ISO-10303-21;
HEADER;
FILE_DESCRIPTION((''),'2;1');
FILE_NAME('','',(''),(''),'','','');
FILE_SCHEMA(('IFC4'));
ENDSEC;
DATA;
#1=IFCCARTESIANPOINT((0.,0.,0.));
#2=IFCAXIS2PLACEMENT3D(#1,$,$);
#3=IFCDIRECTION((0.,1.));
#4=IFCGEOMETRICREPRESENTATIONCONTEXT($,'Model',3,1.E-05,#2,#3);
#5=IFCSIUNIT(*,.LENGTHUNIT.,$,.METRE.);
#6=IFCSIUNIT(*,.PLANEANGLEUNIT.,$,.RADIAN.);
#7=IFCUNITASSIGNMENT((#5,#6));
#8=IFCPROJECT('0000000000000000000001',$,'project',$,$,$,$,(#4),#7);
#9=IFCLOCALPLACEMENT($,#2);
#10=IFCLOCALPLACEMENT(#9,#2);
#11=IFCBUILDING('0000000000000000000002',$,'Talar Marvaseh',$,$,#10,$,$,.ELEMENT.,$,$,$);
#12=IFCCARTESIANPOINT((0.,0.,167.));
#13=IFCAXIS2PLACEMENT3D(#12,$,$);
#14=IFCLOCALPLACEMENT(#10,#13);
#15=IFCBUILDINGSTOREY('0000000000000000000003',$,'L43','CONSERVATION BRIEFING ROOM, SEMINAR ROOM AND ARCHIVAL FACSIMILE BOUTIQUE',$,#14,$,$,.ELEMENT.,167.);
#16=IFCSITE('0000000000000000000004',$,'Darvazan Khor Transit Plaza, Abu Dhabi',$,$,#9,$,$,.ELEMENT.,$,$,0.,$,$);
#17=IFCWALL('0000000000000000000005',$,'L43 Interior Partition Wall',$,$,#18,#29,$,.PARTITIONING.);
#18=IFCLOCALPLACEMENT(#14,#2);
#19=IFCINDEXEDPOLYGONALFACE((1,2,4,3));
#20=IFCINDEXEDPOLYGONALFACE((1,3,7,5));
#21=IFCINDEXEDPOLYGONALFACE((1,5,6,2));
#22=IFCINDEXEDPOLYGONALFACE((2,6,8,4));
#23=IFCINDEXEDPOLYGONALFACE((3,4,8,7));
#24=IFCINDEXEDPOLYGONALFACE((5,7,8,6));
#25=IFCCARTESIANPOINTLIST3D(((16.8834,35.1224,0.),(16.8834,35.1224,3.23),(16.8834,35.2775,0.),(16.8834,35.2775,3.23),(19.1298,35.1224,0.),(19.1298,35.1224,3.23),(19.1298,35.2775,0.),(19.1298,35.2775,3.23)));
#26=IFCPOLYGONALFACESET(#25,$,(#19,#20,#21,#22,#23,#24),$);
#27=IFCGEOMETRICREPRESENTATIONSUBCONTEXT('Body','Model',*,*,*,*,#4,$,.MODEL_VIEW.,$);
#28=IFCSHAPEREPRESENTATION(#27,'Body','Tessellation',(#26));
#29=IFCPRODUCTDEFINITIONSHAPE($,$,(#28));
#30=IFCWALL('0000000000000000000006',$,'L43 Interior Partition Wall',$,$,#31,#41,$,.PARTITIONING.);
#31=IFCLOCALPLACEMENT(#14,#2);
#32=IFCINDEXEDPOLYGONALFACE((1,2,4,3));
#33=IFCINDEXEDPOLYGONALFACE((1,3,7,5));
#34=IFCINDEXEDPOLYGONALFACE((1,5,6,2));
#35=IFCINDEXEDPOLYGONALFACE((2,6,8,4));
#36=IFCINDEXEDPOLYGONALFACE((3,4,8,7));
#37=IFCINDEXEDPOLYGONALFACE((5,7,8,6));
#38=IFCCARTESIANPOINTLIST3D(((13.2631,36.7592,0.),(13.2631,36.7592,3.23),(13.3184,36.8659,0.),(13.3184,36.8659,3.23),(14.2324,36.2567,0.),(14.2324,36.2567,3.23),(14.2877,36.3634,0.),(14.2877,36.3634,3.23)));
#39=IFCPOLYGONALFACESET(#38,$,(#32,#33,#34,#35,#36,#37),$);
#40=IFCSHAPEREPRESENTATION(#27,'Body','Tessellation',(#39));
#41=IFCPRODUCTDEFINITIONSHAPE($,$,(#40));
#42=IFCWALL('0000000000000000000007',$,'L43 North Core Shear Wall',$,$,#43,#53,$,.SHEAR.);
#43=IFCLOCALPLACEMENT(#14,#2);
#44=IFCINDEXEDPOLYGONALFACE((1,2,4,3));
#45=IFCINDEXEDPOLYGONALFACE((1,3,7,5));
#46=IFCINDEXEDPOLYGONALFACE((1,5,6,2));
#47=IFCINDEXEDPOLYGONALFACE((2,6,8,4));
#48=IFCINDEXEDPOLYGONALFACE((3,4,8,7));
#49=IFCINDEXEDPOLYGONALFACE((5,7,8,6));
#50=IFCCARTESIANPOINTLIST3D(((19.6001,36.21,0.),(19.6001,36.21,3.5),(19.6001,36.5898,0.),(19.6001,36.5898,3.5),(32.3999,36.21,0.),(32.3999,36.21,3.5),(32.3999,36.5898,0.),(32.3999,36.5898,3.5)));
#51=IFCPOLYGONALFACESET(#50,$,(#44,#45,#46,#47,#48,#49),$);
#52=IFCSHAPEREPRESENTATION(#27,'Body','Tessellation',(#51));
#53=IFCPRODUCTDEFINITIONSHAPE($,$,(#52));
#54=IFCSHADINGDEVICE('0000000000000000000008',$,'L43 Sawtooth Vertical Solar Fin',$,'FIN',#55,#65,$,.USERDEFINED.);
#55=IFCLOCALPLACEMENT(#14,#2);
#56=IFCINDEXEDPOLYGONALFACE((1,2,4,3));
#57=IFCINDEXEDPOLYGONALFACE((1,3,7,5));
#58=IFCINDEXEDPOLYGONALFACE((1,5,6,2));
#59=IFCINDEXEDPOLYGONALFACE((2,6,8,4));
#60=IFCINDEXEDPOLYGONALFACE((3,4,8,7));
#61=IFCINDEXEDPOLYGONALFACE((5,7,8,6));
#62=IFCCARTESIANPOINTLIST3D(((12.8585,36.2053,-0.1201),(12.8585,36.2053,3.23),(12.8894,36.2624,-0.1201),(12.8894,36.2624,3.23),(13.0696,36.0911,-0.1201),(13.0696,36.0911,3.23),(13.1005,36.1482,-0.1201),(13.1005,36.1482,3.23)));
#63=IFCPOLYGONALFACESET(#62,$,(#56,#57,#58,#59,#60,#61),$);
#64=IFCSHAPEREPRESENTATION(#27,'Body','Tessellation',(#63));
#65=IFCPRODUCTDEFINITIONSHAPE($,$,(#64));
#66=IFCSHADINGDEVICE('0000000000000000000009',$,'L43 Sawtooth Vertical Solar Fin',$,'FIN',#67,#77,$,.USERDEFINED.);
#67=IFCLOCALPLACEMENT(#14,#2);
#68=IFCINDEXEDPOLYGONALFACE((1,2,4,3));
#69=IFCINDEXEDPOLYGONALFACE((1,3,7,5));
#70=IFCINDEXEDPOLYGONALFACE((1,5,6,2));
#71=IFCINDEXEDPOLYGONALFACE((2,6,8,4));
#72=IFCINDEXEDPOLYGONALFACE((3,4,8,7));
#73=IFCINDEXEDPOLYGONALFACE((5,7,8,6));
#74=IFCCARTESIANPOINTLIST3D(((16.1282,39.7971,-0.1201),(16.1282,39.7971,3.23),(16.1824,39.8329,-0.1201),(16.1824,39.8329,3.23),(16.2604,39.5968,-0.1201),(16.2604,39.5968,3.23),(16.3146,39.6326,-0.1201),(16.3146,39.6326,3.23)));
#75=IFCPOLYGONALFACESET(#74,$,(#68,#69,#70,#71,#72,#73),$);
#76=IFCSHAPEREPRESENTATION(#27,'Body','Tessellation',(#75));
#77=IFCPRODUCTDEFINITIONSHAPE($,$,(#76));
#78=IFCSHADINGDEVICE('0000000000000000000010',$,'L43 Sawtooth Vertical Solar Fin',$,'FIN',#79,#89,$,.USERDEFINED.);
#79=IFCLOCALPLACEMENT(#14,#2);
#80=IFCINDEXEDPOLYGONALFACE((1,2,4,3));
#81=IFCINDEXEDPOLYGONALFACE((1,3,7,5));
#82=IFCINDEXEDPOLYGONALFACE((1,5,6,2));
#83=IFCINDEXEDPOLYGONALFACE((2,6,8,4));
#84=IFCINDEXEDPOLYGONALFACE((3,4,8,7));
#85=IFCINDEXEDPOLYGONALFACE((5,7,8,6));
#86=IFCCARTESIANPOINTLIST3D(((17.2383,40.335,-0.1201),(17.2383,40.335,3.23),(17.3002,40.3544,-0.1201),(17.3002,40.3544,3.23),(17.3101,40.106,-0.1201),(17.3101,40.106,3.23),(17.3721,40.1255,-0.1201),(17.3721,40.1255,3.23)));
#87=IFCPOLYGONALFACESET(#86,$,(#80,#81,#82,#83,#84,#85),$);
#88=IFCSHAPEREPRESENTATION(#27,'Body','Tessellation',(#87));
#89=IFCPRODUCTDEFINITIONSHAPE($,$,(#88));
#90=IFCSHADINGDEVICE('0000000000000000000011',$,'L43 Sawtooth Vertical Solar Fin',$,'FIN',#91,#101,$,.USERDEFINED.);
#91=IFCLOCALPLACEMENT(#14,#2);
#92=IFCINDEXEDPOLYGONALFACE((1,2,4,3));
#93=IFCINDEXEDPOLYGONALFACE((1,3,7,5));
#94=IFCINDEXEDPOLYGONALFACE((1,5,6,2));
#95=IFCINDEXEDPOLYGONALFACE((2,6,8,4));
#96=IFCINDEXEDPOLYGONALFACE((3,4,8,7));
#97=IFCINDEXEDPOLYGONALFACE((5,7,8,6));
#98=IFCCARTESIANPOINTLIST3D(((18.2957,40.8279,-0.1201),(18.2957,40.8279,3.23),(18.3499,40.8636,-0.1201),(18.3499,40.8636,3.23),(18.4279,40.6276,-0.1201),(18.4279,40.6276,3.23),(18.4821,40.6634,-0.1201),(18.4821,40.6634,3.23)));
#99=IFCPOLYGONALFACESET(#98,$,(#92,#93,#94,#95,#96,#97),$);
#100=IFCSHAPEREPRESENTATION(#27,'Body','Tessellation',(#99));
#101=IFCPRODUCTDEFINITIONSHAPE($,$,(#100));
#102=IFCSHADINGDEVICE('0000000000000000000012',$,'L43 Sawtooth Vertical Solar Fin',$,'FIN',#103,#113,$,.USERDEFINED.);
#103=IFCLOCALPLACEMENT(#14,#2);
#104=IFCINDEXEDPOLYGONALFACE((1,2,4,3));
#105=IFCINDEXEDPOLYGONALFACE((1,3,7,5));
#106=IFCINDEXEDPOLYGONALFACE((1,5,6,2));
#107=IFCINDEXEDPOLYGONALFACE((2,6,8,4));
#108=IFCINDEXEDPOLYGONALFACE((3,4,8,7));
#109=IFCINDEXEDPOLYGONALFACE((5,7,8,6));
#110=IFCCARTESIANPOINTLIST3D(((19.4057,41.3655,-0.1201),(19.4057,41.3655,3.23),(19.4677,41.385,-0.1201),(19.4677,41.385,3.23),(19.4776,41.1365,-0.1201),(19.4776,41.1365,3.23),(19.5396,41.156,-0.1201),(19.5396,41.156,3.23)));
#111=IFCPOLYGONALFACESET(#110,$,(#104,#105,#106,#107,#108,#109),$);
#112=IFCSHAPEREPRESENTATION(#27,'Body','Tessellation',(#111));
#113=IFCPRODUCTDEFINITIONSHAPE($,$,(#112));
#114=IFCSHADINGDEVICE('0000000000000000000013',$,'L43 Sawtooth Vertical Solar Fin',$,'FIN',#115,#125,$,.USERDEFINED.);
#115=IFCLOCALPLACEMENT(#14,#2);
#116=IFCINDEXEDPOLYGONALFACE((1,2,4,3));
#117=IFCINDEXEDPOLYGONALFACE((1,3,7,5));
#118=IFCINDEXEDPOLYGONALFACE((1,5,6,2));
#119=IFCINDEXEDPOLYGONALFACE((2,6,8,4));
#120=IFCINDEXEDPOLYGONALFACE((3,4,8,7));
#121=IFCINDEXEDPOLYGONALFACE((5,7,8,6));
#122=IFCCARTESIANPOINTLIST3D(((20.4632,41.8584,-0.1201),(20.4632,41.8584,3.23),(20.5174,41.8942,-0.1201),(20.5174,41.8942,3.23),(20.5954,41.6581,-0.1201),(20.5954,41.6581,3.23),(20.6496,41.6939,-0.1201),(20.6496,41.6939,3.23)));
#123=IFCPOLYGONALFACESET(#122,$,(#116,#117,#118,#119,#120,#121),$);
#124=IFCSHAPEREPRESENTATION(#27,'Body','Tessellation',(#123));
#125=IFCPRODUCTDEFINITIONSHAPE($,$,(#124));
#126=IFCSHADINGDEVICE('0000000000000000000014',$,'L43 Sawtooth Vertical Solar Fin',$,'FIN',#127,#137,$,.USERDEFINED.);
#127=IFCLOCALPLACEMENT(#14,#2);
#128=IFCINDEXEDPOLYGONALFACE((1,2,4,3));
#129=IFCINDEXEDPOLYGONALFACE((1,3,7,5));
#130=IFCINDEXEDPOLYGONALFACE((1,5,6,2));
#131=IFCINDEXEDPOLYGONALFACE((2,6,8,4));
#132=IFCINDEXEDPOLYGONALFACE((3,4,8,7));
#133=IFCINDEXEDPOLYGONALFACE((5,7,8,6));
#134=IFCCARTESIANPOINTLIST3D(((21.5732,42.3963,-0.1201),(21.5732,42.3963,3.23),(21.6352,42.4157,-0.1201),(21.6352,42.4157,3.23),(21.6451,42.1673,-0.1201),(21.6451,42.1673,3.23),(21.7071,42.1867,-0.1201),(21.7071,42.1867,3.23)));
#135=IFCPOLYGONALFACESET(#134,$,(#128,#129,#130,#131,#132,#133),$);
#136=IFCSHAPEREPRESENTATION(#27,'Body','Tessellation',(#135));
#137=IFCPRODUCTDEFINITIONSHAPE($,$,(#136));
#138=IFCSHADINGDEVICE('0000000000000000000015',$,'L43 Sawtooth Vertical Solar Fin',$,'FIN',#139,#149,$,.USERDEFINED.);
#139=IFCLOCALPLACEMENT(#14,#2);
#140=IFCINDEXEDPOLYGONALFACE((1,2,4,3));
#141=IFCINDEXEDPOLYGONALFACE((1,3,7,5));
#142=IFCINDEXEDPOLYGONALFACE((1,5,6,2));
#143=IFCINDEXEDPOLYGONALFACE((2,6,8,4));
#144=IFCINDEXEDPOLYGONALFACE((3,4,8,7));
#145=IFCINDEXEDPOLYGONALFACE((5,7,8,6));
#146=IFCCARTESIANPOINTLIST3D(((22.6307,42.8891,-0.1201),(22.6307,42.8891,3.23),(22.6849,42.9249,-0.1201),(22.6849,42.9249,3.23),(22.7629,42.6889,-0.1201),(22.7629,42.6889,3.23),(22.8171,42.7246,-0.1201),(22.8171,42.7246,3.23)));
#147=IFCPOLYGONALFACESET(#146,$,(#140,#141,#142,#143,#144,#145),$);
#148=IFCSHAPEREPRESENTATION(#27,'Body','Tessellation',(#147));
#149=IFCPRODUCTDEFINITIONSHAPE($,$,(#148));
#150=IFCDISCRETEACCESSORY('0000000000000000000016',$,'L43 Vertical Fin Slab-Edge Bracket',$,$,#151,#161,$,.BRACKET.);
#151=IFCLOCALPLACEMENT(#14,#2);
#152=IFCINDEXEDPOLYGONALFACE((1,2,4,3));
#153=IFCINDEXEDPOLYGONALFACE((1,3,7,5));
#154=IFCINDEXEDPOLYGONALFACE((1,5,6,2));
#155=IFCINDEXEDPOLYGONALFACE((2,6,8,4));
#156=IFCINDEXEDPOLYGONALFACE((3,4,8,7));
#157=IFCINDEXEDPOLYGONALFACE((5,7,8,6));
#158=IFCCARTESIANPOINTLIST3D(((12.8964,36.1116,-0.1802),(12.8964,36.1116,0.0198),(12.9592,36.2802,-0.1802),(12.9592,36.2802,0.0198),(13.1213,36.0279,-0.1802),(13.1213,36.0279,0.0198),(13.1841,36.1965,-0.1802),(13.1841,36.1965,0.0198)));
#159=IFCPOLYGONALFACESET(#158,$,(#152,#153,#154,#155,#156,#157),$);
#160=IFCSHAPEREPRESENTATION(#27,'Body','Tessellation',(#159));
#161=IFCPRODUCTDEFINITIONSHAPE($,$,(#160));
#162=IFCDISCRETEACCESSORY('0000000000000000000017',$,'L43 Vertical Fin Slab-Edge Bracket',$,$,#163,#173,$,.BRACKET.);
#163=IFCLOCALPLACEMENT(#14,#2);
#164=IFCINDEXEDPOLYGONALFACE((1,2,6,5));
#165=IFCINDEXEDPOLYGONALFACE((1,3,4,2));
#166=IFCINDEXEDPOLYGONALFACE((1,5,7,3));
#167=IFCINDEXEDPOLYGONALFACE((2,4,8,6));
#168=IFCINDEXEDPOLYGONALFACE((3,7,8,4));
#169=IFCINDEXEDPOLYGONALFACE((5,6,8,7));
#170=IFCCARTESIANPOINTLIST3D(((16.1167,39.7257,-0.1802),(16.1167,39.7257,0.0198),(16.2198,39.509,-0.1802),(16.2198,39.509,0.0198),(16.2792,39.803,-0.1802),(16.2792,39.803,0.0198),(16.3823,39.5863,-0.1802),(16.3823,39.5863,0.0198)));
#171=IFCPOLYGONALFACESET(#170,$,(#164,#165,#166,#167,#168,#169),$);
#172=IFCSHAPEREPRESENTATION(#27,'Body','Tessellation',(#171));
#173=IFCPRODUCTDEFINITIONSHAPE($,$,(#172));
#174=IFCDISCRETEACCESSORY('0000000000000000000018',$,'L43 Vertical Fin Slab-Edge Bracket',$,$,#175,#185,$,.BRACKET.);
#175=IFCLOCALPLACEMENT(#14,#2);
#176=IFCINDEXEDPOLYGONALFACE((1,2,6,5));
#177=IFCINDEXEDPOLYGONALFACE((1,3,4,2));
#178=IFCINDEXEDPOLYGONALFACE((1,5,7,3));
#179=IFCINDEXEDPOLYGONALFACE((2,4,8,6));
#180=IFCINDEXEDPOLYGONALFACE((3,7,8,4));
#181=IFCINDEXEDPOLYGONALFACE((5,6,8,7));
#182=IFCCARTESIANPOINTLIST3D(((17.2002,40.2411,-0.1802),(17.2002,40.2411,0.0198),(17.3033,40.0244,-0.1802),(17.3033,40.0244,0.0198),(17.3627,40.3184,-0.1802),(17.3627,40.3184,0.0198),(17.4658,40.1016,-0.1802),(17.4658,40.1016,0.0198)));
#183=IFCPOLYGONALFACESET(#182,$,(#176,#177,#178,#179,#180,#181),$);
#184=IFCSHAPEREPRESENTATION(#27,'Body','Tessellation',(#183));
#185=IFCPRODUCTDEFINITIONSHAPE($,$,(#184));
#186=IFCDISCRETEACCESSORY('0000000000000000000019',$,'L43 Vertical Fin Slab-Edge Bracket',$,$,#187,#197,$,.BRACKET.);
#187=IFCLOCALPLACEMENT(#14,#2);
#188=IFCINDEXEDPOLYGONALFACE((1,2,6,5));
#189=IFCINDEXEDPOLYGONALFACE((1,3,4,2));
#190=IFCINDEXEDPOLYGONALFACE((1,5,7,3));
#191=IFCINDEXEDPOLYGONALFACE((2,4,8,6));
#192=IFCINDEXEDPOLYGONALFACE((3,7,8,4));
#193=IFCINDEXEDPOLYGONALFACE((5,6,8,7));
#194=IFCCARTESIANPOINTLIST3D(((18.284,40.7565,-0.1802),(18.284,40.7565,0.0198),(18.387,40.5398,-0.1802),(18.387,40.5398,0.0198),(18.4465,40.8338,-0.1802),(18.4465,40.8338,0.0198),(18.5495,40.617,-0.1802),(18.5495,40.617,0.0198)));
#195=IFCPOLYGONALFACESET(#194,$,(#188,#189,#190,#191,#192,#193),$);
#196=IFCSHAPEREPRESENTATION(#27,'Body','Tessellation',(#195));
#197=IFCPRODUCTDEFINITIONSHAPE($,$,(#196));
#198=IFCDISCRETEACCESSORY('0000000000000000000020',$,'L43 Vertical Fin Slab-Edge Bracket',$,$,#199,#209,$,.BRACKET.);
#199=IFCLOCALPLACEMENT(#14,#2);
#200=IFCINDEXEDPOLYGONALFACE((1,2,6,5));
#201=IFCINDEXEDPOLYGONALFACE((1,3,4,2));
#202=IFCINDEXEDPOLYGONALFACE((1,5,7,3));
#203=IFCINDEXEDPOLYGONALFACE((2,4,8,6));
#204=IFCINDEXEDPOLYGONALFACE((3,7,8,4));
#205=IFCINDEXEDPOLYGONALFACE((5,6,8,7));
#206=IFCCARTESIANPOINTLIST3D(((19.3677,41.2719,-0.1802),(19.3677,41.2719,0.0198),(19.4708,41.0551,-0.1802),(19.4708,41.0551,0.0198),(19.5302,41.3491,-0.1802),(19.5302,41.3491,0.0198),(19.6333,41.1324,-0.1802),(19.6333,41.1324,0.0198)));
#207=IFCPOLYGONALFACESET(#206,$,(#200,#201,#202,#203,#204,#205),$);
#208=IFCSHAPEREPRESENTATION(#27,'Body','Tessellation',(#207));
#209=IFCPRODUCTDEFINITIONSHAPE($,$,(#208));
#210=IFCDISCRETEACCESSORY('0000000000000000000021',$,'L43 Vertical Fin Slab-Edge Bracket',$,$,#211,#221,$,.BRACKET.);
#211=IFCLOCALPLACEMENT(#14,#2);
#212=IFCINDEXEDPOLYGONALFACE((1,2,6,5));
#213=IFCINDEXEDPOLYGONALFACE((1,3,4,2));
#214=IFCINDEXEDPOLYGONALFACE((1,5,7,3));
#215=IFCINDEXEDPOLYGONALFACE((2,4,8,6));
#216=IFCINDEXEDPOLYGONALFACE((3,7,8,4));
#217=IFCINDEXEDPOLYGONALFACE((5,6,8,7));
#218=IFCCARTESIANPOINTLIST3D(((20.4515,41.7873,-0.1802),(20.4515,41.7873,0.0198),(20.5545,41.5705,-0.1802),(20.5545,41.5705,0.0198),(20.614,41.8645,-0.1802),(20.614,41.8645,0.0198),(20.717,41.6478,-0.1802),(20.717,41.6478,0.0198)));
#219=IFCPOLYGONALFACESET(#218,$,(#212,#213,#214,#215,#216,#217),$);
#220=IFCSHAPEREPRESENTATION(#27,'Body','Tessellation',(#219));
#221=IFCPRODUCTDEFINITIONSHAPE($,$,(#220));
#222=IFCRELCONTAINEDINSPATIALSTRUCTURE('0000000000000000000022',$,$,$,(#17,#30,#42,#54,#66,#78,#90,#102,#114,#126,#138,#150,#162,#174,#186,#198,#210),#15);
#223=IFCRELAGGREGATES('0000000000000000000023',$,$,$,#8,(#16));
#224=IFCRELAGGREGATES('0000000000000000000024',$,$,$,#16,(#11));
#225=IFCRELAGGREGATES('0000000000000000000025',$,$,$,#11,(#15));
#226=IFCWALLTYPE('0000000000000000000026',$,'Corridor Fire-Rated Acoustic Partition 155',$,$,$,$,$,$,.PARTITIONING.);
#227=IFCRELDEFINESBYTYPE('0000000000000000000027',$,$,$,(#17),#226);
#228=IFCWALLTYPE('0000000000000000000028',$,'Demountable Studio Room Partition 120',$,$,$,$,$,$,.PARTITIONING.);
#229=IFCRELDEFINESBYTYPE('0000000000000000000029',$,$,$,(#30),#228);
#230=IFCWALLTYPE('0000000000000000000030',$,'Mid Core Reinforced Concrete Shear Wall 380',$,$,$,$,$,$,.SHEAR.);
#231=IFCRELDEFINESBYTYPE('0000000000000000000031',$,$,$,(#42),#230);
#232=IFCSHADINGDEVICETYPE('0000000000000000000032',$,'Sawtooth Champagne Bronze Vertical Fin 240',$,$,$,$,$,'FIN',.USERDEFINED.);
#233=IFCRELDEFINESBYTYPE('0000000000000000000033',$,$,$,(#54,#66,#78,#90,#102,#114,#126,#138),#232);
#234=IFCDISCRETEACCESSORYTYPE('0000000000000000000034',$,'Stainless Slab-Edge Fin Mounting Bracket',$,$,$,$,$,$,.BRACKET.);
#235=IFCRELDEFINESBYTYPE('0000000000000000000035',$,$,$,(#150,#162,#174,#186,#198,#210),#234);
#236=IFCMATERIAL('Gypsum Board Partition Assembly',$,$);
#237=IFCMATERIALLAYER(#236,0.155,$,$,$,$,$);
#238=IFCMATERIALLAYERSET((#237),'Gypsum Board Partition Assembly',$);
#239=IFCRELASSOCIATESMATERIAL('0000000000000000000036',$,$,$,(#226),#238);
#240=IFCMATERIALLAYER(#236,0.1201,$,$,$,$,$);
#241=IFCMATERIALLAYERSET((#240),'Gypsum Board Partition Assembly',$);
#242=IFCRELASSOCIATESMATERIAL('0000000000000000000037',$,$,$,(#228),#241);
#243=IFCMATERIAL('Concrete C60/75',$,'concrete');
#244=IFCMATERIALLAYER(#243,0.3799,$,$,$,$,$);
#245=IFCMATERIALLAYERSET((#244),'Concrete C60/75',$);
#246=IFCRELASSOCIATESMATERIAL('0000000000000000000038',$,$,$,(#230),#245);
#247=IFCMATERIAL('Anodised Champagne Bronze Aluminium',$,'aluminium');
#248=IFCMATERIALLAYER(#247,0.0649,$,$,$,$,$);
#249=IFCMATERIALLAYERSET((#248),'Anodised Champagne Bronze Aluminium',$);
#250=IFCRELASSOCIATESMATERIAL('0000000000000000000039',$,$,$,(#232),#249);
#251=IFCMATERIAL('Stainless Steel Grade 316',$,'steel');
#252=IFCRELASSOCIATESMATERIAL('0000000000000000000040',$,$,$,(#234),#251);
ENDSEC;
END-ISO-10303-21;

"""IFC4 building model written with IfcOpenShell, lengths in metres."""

from ifc_helpers import new_model, si_unit, direction, frame, frame_2d, origin, origin_2d, place, context, subcontext, project, spatial, rectangle, extrude, source, transform, mapped, material, layer, layer_set, type_object, type_shapes, element, save


model = new_model("IFC4")

# Units and contexts
model_context = context("Model", 3, precision=1e-05, world=origin(), true_north=direction((0.0, 1.0)))
body_context = subcontext(model_context, "Body", "Model", "MODEL_VIEW")
ifc_project = project(units=[si_unit("LENGTHUNIT", "METRE"), si_unit("PLANEANGLEUNIT", "RADIAN")], contexts=[model_context])

# Site, building, storey
site_placement = place(None, origin())
site = spatial("IfcSite", under=ifc_project, at=site_placement, Name="Darvazan Khor Transit Plaza, Abu Dhabi", CompositionType="ELEMENT", RefElevation=0.0)
building_placement = place(site_placement, origin())
building = spatial("IfcBuilding", under=site, at=building_placement, Name="Talar Marvaseh", CompositionType="ELEMENT")
storey_placement = place(building_placement, frame((0.0, 0.0, 167.0)))
storey = spatial("IfcBuildingStorey", under=building, at=storey_placement, Name="L43", Description="CONSERVATION BRIEFING ROOM, SEMINAR ROOM AND ARCHIVAL FACSIMILE BOUTIQUE", CompositionType="ELEMENT", Elevation=167.0)

# Shared definitions
ifc_material_1 = material(Name="Concrete C60/75", Category="concrete")

# Walls
ifc_material_2 = material(Name="Gypsum Board Partition Assembly")
ifc_layer_1 = layer(ifc_material_2, 0.155)
ifc_layer_set_1 = layer_set([ifc_layer_1], Name="Gypsum Board Partition Assembly")
wall_type_1 = type_object("IfcWallType", Name="Corridor Fire-Rated Acoustic Partition 155", PredefinedType="PARTITIONING", material=ifc_layer_set_1)
wall_1_placement = place(storey_placement, frame((16.8835, 35.2, 0.0), z_axis=(0.0, 0.0, 1.0), x_axis=(1.0, 0.0, 0.0)))
element("IfcWall", 1, at=wall_1_placement, inside=storey, type_object=wall_type_1, Name="L43 Interior Partition Wall", PredefinedType="PARTITIONING", context=body_context, shape_type="SweptSolid", body=[
    extrude(rectangle(XDim=2.2463, YDim=0.155, at=frame_2d((1.123, 0.0))), origin(), (0.0, 0.0, 1.0), 3.23),
])
ifc_layer_2 = layer(ifc_material_2, 0.1201)
ifc_layer_set_2 = layer_set([ifc_layer_2], Name="Gypsum Board Partition Assembly")
wall_type_2 = type_object("IfcWallType", Name="Demountable Studio Room Partition 120", PredefinedType="PARTITIONING", material=ifc_layer_set_2)
wall_2_placement = place(storey_placement, frame((14.26, 36.3101, 0.0), z_axis=(0.0, 0.0, 1.0), x_axis=(-0.887802, 0.460226, 0.0)))
element("IfcWall", 2, at=wall_2_placement, inside=storey, type_object=wall_type_2, Name="L43 Interior Partition Wall", PredefinedType="PARTITIONING", context=body_context, shape_type="SweptSolid", body=[
    extrude(rectangle(XDim=1.0918, YDim=0.1201, at=frame_2d((0.5459, 0.0))), origin(), (0.0, 0.0, 1.0), 3.23),
])
ifc_layer_3 = layer(ifc_material_1, 0.3799)
ifc_layer_set_3 = layer_set([ifc_layer_3], Name="Concrete C60/75")
wall_type_3 = type_object("IfcWallType", Name="Mid Core Reinforced Concrete Shear Wall 380", PredefinedType="SHEAR", material=ifc_layer_set_3)
wall_3_placement = place(storey_placement, frame((19.6001, 36.3999, 0.0), z_axis=(0.0, 0.0, 1.0), x_axis=(1.0, 0.0, 0.0)))
element("IfcWall", 3, at=wall_3_placement, inside=storey, type_object=wall_type_3, Name="L43 North Core Shear Wall", PredefinedType="SHEAR", context=body_context, shape_type="SweptSolid", body=[
    extrude(rectangle(XDim=12.7998, YDim=0.3799, at=frame_2d((6.3999, 0.0))), origin(), (0.0, 0.0, 1.0), 3.5),
])

# Shading devices
ifc_material_3 = material(Name="Anodised Champagne Bronze Aluminium", Category="aluminium")
ifc_layer_4 = layer(ifc_material_3, 0.0649)
ifc_layer_set_4 = layer_set([ifc_layer_4], Name="Anodised Champagne Bronze Aluminium")
shading_device_type = type_object("IfcShadingDeviceType", Name="Sawtooth Champagne Bronze Vertical Fin 240", ElementType="FIN", PredefinedType="USERDEFINED", material=ifc_layer_set_4)
shared_shape_1 = source(origin(), body_context, "Body", "SweptSolid", [
    extrude(rectangle(XDim=0.24, YDim=0.0649, at=origin_2d()), origin(), (0.0, 0.0, 1.0), 3.3501),
])
type_shapes(shading_device_type, [shared_shape_1])
for number, where, z_axis, x_axis, name in (
    (4, (12.9795, 36.1768, -0.1201), (0.0, 0.0, 1.0), (-0.879399, 0.476085, 0.0), "L43 Sawtooth Vertical Solar Fin"),
    (5, (16.2214, 39.7148, -0.1201), (0.0, 0.0, 1.0), (-0.550918, 0.83456, 0.0), "L43 Sawtooth Vertical Solar Fin"),
    (6, (17.3052, 40.2302, -0.1201), (0.0, 0.0, 1.0), (-0.29954, 0.954084, 0.0), "L43 Sawtooth Vertical Solar Fin"),
    (7, (18.3889, 40.7456, -0.1201), (0.0, 0.0, 1.0), (-0.550918, 0.83456, 0.0), "L43 Sawtooth Vertical Solar Fin"),
    (8, (19.4727, 41.2607, -0.1201), (0.0, 0.0, 1.0), (-0.29954, 0.954084, 0.0), "L43 Sawtooth Vertical Solar Fin"),
    (9, (20.5564, 41.7761, -0.1201), (0.0, 0.0, 1.0), (-0.550918, 0.83456, 0.0), "L43 Sawtooth Vertical Solar Fin"),
    (10, (21.6401, 42.2915, -0.1201), (0.0, 0.0, 1.0), (-0.29954, 0.954084, 0.0), "L43 Sawtooth Vertical Solar Fin"),
    (11, (22.7239, 42.8069, -0.1201), (0.0, 0.0, 1.0), (-0.550918, 0.83456, 0.0), "L43 Sawtooth Vertical Solar Fin"),
):
    element("IfcShadingDevice", number, at=place(storey_placement, frame(where, z_axis=z_axis, x_axis=x_axis)), inside=storey, type_object=shading_device_type, Name=name, ObjectType="FIN", PredefinedType="USERDEFINED", context=body_context, shape_type="MappedRepresentation", body=[
        mapped(shared_shape_1, transform((0.0, 0.0, 0.0), x_axis=(1.0, 0.0, 0.0), y_axis=(0.0, 1.0, 0.0), z_axis=(0.0, 0.0, 1.0), scale=1.0)),
    ])

# Discrete accessories
ifc_material_4 = material(Name="Stainless Steel Grade 316", Category="steel")
discrete_accessory_type = type_object("IfcDiscreteAccessoryType", Name="Stainless Slab-Edge Fin Mounting Bracket", PredefinedType="BRACKET", material=ifc_material_4)
shared_shape_2 = source(origin(), body_context, "Body", "SweptSolid", [
    extrude(rectangle(XDim=0.24, YDim=0.1799, at=origin_2d()), origin(), (0.0, 0.0, 1.0), 0.2),
])
type_shapes(discrete_accessory_type, [shared_shape_2])
for number, where, z_axis, x_axis, name in (
    (12, (13.0403, 36.1541, -0.1802), (0.0, 0.0, 1.0), (-0.937099, 0.349063, 0.0), "L43 Vertical Fin Slab-Edge Bracket"),
    (13, (16.2495, 39.656, -0.1802), (0.0, 0.0, 1.0), (-0.429408, 0.903111, 0.0), "L43 Vertical Fin Slab-Edge Bracket"),
    (14, (17.333, 40.1714, -0.1802), (0.0, 0.0, 1.0), (-0.429408, 0.903111, 0.0), "L43 Vertical Fin Slab-Edge Bracket"),
    (15, (18.4167, 40.6868, -0.1802), (0.0, 0.0, 1.0), (-0.429408, 0.903111, 0.0), "L43 Vertical Fin Slab-Edge Bracket"),
    (16, (19.5005, 41.2021, -0.1802), (0.0, 0.0, 1.0), (-0.429408, 0.903111, 0.0), "L43 Vertical Fin Slab-Edge Bracket"),
    (17, (20.5842, 41.7175, -0.1802), (0.0, 0.0, 1.0), (-0.429408, 0.903111, 0.0), "L43 Vertical Fin Slab-Edge Bracket"),
):
    element("IfcDiscreteAccessory", number, at=place(storey_placement, frame(where, z_axis=z_axis, x_axis=x_axis)), inside=storey, type_object=discrete_accessory_type, Name=name, PredefinedType="BRACKET", context=body_context, shape_type="MappedRepresentation", body=[
        mapped(shared_shape_2, transform((0.0, 0.0, 0.0), x_axis=(1.0, 0.0, 0.0), y_axis=(0.0, 1.0, 0.0), z_axis=(0.0, 0.0, 1.0), scale=1.0)),
    ])

save(model, "model.ifc")
